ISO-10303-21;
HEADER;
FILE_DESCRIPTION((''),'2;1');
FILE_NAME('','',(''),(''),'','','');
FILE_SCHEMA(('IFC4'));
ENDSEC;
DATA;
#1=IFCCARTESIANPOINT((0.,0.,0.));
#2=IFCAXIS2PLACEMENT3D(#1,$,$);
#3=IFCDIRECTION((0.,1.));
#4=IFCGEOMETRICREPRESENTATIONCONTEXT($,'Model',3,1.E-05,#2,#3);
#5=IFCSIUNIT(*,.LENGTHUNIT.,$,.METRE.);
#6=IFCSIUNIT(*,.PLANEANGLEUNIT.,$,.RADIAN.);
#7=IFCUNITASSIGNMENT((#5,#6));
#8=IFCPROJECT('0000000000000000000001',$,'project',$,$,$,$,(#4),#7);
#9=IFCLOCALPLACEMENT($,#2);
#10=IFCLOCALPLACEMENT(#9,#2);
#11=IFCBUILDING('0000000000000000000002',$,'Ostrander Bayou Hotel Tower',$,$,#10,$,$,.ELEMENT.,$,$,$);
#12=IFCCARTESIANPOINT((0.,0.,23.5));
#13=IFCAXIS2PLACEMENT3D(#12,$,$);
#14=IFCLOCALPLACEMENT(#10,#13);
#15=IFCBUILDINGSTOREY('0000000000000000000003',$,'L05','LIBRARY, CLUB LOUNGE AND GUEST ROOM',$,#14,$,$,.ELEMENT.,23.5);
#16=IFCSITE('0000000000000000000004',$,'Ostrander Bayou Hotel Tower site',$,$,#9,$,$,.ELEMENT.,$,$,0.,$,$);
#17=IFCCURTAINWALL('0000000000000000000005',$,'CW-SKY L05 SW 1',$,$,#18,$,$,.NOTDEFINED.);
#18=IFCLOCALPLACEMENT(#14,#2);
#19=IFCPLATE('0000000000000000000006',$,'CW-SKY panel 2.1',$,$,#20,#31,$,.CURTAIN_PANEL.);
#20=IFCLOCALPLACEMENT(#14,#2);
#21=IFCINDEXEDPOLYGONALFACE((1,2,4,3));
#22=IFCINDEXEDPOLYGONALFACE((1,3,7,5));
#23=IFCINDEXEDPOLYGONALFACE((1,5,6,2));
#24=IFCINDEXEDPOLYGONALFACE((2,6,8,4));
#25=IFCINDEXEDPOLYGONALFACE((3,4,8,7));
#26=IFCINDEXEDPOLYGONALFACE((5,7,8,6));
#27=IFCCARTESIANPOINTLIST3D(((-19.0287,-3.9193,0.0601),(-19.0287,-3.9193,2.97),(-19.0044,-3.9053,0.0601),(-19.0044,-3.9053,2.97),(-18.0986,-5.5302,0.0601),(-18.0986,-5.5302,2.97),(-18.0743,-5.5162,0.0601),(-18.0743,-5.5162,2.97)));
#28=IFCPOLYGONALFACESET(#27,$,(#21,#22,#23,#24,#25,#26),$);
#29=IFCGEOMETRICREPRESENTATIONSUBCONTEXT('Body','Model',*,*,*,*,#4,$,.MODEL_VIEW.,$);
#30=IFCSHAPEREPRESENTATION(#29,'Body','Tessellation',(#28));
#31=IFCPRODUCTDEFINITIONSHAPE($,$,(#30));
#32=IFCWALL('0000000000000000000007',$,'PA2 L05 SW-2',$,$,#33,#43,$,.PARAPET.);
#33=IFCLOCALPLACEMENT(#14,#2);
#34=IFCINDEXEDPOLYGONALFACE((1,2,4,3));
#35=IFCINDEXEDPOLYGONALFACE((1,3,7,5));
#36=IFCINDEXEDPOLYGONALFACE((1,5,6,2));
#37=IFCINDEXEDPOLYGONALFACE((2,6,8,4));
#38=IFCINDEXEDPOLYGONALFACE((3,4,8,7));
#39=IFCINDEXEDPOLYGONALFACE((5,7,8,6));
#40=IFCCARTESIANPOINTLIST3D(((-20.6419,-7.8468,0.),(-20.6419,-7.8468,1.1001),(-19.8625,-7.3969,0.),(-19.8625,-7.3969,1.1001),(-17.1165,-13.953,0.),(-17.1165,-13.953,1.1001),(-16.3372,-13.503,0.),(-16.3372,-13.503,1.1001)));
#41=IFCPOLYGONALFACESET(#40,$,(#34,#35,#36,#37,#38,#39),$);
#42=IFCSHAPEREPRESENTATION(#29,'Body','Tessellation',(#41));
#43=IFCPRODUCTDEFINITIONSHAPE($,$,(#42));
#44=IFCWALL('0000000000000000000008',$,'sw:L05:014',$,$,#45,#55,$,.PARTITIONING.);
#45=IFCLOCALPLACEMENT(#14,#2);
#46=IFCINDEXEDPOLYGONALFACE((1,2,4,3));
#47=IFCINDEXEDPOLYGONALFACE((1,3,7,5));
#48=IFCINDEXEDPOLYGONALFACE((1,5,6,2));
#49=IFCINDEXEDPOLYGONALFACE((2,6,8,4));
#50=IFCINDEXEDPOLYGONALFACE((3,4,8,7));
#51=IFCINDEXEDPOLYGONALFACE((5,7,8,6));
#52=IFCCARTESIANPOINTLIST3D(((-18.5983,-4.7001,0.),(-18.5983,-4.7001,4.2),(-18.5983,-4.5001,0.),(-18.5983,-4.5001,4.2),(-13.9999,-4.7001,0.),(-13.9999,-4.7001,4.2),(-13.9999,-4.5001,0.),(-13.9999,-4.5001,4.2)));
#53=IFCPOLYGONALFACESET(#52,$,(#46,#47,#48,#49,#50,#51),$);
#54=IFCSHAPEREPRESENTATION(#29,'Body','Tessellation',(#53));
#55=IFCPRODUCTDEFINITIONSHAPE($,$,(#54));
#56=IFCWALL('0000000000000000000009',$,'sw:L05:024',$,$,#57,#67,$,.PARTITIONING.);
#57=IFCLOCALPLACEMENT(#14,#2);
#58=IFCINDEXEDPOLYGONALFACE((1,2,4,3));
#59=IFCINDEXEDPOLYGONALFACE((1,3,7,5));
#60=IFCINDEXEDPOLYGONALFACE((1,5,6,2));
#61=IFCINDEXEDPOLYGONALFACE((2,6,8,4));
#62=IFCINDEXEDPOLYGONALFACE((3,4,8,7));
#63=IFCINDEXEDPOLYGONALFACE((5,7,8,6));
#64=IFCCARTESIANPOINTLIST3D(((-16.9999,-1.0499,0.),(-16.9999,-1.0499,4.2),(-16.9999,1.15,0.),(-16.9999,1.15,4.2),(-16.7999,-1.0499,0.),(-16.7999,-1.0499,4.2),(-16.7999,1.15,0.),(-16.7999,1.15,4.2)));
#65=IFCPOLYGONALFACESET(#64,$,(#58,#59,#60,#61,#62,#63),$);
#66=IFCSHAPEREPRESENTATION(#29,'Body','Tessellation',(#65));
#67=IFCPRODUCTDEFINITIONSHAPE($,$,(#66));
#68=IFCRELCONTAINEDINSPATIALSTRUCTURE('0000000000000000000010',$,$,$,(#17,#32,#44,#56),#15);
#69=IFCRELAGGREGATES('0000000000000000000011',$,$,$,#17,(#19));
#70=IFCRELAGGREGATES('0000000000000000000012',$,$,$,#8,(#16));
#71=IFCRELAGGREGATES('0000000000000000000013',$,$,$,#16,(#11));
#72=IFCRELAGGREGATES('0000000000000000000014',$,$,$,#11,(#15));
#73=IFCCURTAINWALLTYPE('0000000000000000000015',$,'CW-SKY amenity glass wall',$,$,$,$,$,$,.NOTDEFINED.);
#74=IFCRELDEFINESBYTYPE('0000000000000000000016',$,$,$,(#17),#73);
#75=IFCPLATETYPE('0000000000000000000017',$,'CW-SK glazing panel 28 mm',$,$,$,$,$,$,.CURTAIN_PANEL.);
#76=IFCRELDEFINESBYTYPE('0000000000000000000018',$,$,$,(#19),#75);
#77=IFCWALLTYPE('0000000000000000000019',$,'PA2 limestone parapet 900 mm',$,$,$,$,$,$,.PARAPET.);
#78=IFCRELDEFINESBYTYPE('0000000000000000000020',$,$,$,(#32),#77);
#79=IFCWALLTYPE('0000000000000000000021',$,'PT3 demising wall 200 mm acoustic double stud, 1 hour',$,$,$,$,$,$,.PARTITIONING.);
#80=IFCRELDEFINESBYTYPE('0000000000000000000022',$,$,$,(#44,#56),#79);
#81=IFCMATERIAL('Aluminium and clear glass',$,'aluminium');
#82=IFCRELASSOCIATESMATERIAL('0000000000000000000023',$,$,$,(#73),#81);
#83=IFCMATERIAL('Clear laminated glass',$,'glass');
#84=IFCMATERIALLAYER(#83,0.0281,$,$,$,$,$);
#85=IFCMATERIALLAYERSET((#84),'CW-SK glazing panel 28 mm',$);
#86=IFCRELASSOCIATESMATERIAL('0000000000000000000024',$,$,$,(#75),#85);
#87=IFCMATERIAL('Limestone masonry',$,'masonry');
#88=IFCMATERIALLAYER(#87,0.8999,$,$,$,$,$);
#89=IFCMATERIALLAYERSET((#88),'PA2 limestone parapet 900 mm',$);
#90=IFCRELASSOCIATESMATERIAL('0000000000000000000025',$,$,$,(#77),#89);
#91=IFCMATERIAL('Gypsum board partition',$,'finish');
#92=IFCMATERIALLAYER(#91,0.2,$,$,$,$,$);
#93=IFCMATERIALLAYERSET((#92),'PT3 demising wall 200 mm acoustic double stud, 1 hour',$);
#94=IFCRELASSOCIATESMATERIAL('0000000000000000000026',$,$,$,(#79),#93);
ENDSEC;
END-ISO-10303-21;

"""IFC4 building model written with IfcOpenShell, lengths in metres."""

from ifc_helpers import new_model, si_unit, direction, frame, frame_2d, origin, origin_2d, place, context, subcontext, project, spatial, rectangle, extrude, material, layer, layer_set, type_object, element, aggregate, save


model = new_model("IFC4")

# Units and contexts
model_context = context("Model", 3, precision=1e-05, world=origin(), true_north=direction((0.0, 1.0)))
body_context = subcontext(model_context, "Body", "Model", "MODEL_VIEW")
ifc_project = project(units=[si_unit("LENGTHUNIT", "METRE"), si_unit("PLANEANGLEUNIT", "RADIAN")], contexts=[model_context])

# Site, building, storey
site_placement = place(None, origin())
site = spatial("IfcSite", under=ifc_project, at=site_placement, Name="Ostrander Bayou Hotel Tower site", CompositionType="ELEMENT", RefElevation=0.0)
building_placement = place(site_placement, origin())
building = spatial("IfcBuilding", under=site, at=building_placement, Name="Ostrander Bayou Hotel Tower", CompositionType="ELEMENT")
storey_placement = place(building_placement, frame((0.0, 0.0, 23.5)))
storey = spatial("IfcBuildingStorey", under=building, at=storey_placement, Name="L05", Description="LIBRARY, CLUB LOUNGE AND GUEST ROOM", CompositionType="ELEMENT", Elevation=23.5)

# Curtain wall
ifc_material_1 = material(Name="Aluminium and clear glass", Category="aluminium")
curtain_wall_type_1 = type_object("IfcCurtainWallType", Name="CW-SKY amenity glass wall", PredefinedType="NOTDEFINED", material=ifc_material_1)
curtain_wall_1_placement = place(storey_placement, origin())
curtain_wall_1 = element("IfcCurtainWall", 1, at=curtain_wall_1_placement, inside=storey, type_object=curtain_wall_type_1, Name="CW-SKY L05 SW 1", PredefinedType="NOTDEFINED")

# Plate
ifc_material_2 = material(Name="Clear laminated glass", Category="glass")
ifc_layer_1 = layer(ifc_material_2, 0.0281)
ifc_layer_set_1 = layer_set([ifc_layer_1], Name="CW-SK glazing panel 28 mm")
plate_type = type_object("IfcPlateType", Name="CW-SK glazing panel 28 mm", PredefinedType="CURTAIN_PANEL", material=ifc_layer_set_1)
plate_1_placement = place(storey_placement, frame((-18.5515, -4.7178, 0.0601), z_axis=(0.0, 0.0, 1.0), x_axis=(0.5, -0.866025, 0.0)))
plate_1 = element("IfcPlate", 2, at=plate_1_placement, type_object=plate_type, Name="CW-SKY panel 2.1", PredefinedType="CURTAIN_PANEL", context=body_context, shape_type="SweptSolid", body=[
    extrude(rectangle(XDim=1.8601, YDim=0.0281, at=origin_2d()), origin(), (0.0, 0.0, 1.0), 2.9099),
])
aggregate(curtain_wall_1, [plate_1])

# Walls
ifc_material_3 = material(Name="Limestone masonry", Category="masonry")
ifc_layer_2 = layer(ifc_material_3, 0.8999)
ifc_layer_set_2 = layer_set([ifc_layer_2], Name="PA2 limestone parapet 900 mm")
wall_type_1 = type_object("IfcWallType", Name="PA2 limestone parapet 900 mm", PredefinedType="PARAPET", material=ifc_layer_set_2)
wall_1_placement = place(storey_placement, frame((-20.2522, -7.6218, 0.0), z_axis=(0.0, 0.0, 1.0), x_axis=(0.499997, -0.866027, 0.0)))
element("IfcWall", 3, at=wall_1_placement, inside=storey, type_object=wall_type_1, Name="PA2 L05 SW-2", PredefinedType="PARAPET", context=body_context, shape_type="SweptSolid", body=[
    extrude(rectangle(XDim=7.0508, YDim=0.8999, at=frame_2d((3.5254, 0.0))), origin(), (0.0, 0.0, 1.0), 1.1001),
])
ifc_material_4 = material(Name="Gypsum board partition", Category="finish")
ifc_layer_3 = layer(ifc_material_4, 0.2)
ifc_layer_set_3 = layer_set([ifc_layer_3], Name="PT3 demising wall 200 mm acoustic double stud, 1 hour")
wall_type_2 = type_object("IfcWallType", Name="PT3 demising wall 200 mm acoustic double stud, 1 hour", PredefinedType="PARTITIONING", material=ifc_layer_set_3)
wall_2_placement = place(storey_placement, frame((-18.5984, -4.6001, 0.0), z_axis=(0.0, 0.0, 1.0), x_axis=(1.0, 0.0, 0.0)))
element("IfcWall", 4, at=wall_2_placement, inside=storey, type_object=wall_type_2, Name="sw:L05:014", PredefinedType="PARTITIONING", context=body_context, shape_type="SweptSolid", body=[
    extrude(rectangle(XDim=4.5984, YDim=0.2, at=frame_2d((2.2993, 0.0))), origin(), (0.0, 0.0, 1.0), 4.2),
])

# Wall
wall_3_placement = place(storey_placement, frame((-16.8999, -1.05, 0.0), z_axis=(0.0, 0.0, 1.0), x_axis=(0.0, 1.0, 0.0)))
element("IfcWall", 5, at=wall_3_placement, inside=storey, type_object=wall_type_2, Name="sw:L05:024", PredefinedType="PARTITIONING", context=body_context, shape_type="SweptSolid", body=[
    extrude(rectangle(XDim=2.2, YDim=0.2, at=frame_2d((1.1001, 0.0))), origin(), (0.0, 0.0, 1.0), 4.2),
])

save(model, "model.ifc")
